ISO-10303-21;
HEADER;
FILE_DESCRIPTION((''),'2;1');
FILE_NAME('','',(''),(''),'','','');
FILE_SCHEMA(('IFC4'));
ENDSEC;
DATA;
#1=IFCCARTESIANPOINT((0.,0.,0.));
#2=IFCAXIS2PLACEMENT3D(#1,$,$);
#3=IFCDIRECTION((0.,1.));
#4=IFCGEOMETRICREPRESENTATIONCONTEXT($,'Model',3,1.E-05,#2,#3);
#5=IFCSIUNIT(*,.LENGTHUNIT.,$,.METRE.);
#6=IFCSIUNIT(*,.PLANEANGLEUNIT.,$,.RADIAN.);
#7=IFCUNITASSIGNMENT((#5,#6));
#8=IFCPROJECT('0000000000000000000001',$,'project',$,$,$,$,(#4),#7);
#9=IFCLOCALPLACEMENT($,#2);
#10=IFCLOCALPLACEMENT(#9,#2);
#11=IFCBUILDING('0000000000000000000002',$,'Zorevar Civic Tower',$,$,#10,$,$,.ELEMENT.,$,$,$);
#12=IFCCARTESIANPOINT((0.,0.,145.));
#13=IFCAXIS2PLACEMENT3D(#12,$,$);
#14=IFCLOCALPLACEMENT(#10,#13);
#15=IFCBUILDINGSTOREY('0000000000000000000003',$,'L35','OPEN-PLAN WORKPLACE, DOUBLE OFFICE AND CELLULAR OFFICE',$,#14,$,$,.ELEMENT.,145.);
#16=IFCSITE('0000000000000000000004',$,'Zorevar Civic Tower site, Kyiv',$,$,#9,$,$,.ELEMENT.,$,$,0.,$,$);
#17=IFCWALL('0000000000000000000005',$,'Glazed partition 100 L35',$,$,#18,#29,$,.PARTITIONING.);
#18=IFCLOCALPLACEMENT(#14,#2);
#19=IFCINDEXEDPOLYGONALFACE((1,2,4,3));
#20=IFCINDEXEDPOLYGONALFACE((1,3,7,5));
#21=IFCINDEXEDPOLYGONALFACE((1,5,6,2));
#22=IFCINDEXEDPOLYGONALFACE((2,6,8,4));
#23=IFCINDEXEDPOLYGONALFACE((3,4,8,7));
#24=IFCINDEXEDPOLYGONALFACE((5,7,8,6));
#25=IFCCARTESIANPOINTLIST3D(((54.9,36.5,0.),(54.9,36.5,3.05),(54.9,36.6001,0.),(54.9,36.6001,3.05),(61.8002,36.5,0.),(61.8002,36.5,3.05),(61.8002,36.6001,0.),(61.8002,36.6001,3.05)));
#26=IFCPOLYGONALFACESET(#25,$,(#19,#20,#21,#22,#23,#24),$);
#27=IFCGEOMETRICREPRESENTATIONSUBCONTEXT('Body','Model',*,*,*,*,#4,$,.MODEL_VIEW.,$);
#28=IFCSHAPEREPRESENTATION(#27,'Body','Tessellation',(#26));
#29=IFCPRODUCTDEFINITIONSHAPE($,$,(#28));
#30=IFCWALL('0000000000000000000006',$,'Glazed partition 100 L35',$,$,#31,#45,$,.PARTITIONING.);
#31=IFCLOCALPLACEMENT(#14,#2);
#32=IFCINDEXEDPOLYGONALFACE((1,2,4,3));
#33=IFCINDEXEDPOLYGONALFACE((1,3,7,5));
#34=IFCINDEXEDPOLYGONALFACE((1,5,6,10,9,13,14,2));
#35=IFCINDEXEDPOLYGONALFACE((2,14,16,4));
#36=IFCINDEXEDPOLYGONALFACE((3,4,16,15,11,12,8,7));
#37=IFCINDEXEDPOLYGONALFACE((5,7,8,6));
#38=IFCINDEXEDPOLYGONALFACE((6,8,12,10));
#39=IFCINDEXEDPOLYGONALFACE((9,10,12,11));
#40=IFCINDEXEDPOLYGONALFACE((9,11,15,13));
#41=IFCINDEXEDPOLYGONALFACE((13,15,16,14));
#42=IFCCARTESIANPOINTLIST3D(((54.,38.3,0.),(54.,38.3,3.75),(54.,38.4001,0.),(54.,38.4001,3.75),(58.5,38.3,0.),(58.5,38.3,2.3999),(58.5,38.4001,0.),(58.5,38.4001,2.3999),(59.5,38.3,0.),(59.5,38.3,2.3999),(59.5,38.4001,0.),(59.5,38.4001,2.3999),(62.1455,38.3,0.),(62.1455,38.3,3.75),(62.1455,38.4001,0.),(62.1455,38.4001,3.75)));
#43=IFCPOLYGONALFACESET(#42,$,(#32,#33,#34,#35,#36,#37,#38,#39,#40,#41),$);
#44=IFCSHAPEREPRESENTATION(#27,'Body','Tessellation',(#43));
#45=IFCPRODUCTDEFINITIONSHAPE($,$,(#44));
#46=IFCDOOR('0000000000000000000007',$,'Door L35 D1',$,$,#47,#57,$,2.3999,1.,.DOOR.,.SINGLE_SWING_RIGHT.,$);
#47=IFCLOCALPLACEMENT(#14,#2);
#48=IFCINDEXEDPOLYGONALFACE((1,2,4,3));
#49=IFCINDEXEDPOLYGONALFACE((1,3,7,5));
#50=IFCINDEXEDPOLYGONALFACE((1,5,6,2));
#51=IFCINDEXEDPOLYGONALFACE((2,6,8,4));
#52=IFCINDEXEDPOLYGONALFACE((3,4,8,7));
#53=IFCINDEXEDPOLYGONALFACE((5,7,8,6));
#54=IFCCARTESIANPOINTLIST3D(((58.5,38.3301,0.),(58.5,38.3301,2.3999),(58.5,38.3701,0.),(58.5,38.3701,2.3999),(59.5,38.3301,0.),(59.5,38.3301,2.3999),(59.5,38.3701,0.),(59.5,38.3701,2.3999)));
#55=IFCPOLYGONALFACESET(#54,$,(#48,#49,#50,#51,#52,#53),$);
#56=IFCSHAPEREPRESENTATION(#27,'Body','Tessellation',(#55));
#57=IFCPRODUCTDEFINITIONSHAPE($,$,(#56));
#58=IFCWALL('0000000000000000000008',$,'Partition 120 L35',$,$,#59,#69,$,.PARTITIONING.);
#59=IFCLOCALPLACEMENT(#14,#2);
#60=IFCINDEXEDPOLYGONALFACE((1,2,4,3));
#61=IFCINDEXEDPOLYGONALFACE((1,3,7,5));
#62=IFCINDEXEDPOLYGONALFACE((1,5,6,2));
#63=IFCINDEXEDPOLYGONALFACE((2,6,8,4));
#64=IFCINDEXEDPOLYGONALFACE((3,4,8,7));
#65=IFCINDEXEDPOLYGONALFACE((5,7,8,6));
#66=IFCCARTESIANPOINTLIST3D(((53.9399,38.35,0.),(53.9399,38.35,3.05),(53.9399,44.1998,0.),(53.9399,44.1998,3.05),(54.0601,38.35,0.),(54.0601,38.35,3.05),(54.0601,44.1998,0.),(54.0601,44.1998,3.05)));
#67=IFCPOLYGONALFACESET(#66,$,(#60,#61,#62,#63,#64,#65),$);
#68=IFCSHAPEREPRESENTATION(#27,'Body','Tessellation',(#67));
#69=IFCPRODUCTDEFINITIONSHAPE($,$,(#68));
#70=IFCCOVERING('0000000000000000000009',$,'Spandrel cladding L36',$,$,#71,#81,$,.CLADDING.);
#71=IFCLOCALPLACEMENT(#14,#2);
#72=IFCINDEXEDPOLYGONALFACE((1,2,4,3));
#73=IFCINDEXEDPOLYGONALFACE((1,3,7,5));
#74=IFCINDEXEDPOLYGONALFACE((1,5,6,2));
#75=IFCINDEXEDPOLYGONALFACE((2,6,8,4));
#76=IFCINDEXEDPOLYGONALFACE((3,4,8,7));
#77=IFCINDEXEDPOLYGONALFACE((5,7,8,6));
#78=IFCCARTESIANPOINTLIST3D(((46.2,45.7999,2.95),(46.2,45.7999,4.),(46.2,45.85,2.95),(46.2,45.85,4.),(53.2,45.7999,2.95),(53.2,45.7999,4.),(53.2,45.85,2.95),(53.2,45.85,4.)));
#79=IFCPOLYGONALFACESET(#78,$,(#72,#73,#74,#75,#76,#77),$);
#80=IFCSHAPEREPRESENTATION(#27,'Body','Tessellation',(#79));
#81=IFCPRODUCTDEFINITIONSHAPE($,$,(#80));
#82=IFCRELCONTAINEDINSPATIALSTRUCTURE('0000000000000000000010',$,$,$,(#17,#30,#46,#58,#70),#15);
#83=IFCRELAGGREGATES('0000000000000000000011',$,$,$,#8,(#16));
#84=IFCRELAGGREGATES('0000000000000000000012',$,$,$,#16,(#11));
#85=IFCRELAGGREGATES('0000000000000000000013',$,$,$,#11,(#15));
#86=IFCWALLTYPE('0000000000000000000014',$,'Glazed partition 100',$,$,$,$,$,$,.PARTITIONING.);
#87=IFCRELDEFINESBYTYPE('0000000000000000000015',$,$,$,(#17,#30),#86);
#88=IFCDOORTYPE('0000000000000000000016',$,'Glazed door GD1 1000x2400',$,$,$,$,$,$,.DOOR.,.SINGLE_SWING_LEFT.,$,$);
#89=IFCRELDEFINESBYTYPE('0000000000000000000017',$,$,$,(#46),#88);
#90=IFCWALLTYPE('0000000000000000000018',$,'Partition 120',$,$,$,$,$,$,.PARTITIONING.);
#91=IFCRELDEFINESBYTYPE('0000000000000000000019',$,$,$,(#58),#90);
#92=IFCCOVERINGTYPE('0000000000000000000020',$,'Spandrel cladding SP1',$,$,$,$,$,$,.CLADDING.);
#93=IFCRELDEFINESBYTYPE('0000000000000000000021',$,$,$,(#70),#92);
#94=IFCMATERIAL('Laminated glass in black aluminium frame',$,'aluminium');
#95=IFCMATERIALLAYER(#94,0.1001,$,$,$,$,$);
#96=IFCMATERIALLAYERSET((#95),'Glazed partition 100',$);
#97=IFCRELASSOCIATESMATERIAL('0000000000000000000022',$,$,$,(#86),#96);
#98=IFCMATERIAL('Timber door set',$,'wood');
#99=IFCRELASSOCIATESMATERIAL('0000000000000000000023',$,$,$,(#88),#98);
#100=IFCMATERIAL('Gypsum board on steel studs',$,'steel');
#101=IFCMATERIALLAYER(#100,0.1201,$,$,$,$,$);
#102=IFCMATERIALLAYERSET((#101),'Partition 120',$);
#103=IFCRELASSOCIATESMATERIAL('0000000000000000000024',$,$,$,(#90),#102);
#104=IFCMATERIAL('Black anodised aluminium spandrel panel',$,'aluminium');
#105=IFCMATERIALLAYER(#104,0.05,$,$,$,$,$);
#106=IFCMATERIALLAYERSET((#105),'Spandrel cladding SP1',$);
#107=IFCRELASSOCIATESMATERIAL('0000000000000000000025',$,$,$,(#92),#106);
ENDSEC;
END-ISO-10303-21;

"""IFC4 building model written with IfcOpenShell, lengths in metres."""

from ifc_helpers import new_model, si_unit, direction, frame, frame_2d, origin, place, context, subcontext, project, spatial, rectangle, extrude, material, layer, layer_set, type_object, element, fill, save


model = new_model("IFC4")

# Units and contexts
model_context = context("Model", 3, precision=1e-05, world=origin(), true_north=direction((0.0, 1.0)))
body_context = subcontext(model_context, "Body", "Model", "MODEL_VIEW")
ifc_project = project(units=[si_unit("LENGTHUNIT", "METRE"), si_unit("PLANEANGLEUNIT", "RADIAN")], contexts=[model_context])

# Site, building, storey
site_placement = place(None, origin())
site = spatial("IfcSite", under=ifc_project, at=site_placement, Name="Zorevar Civic Tower site, Kyiv", CompositionType="ELEMENT", RefElevation=0.0)
building_placement = place(site_placement, origin())
building = spatial("IfcBuilding", under=site, at=building_placement, Name="Zorevar Civic Tower", CompositionType="ELEMENT")
storey_placement = place(building_placement, frame((0.0, 0.0, 145.0)))
storey = spatial("IfcBuildingStorey", under=building, at=storey_placement, Name="L35", Description="OPEN-PLAN WORKPLACE, DOUBLE OFFICE AND CELLULAR OFFICE", CompositionType="ELEMENT", Elevation=145.0)

# Wall
ifc_material_1 = material(Name="Laminated glass in black aluminium frame", Category="aluminium")
ifc_layer_1 = layer(ifc_material_1, 0.1001)
ifc_layer_set_1 = layer_set([ifc_layer_1], Name="Glazed partition 100")
wall_type_1 = type_object("IfcWallType", Name="Glazed partition 100", PredefinedType="PARTITIONING", material=ifc_layer_set_1)
wall_1_placement = place(storey_placement, frame((54.8999, 36.55, 0.0), z_axis=(0.0, 0.0, 1.0), x_axis=(1.0, 0.0, 0.0)))
element("IfcWall", 1, at=wall_1_placement, inside=storey, type_object=wall_type_1, Name="Glazed partition 100 L35", PredefinedType="PARTITIONING", context=body_context, shape_type="SweptSolid", body=[
    extrude(rectangle(XDim=6.9001, YDim=0.1001, at=frame_2d((3.4502, 0.0))), origin(), (0.0, 0.0, 1.0), 3.05),
])

# Wall, opening, door
wall_2_placement = place(storey_placement, frame((54.0, 38.3501, 0.0), z_axis=(0.0, 0.0, 1.0), x_axis=(1.0, 0.0, 0.0)))
wall_2 = element("IfcWall", 2, at=wall_2_placement, inside=storey, type_object=wall_type_1, Name="Glazed partition 100 L35", PredefinedType="PARTITIONING", context=body_context, shape_type="SweptSolid", body=[
    extrude(rectangle(XDim=8.1455, YDim=0.1001, at=frame_2d((4.0728, 0.0))), origin(), (0.0, 0.0, 1.0), 3.75),
])
opening_placement = place(wall_2_placement, frame((4.5, 0.0, 0.0)))
opening = element("IfcOpeningElement", 3, at=opening_placement, cuts=wall_2, PredefinedType="OPENING", context=body_context, shape_type="SweptSolid", body=[
    extrude(rectangle(XDim=1.0, YDim=2.3999, at=frame_2d((0.5, 1.2))), frame((0.0, 0.0601, 0.0), z_axis=(0.0, -1.0, 0.0), x_axis=(1.0, 0.0, 0.0)), (0.0, 0.0, 1.0), 0.1201),
])
ifc_material_2 = material(Name="Timber door set", Category="wood")
door_type = type_object("IfcDoorType", Name="Glazed door GD1 1000x2400", OperationType="SINGLE_SWING_LEFT", PredefinedType="DOOR", material=ifc_material_2)
door_placement = place(opening_placement, origin())
door = element("IfcDoor", 4, at=door_placement, inside=storey, type_object=door_type, Name="Door L35 D1", OperationType="SINGLE_SWING_RIGHT", OverallHeight=2.3999, OverallWidth=1.0, PredefinedType="DOOR", context=body_context, shape_type="SweptSolid", body=[
    extrude(rectangle(XDim=1.0, YDim=2.3999, at=frame_2d((0.5, 1.2))), frame((0.0, 0.02, 0.0), z_axis=(0.0, -1.0, 0.0), x_axis=(1.0, 0.0, 0.0)), (0.0, 0.0, 1.0), 0.04),
])
fill(opening, door)

# Wall
ifc_material_3 = material(Name="Gypsum board on steel studs", Category="steel")
ifc_layer_2 = layer(ifc_material_3, 0.1201)
ifc_layer_set_2 = layer_set([ifc_layer_2], Name="Partition 120")
wall_type_2 = type_object("IfcWallType", Name="Partition 120", PredefinedType="PARTITIONING", material=ifc_layer_set_2)
wall_3_placement = place(storey_placement, frame((54.0, 38.3501, 0.0), z_axis=(0.0, 0.0, 1.0), x_axis=(0.0, 1.0, 0.0)))
element("IfcWall", 5, at=wall_3_placement, inside=storey, type_object=wall_type_2, Name="Partition 120 L35", PredefinedType="PARTITIONING", context=body_context, shape_type="SweptSolid", body=[
    extrude(rectangle(XDim=5.8499, YDim=0.1201, at=frame_2d((2.9248, 0.0))), origin(), (0.0, 0.0, 1.0), 3.05),
])

# Covering
ifc_material_4 = material(Name="Black anodised aluminium spandrel panel", Category="aluminium")
ifc_layer_3 = layer(ifc_material_4, 0.05)
ifc_layer_set_3 = layer_set([ifc_layer_3], Name="Spandrel cladding SP1")
covering_type = type_object("IfcCoveringType", Name="Spandrel cladding SP1", PredefinedType="CLADDING", material=ifc_layer_set_3)
covering_placement = place(storey_placement, frame((46.2, 45.825, 2.95), z_axis=(0.0, 0.0, 1.0), x_axis=(1.0, 0.0, 0.0)))
element("IfcCovering", 6, at=covering_placement, inside=storey, type_object=covering_type, Name="Spandrel cladding L36", PredefinedType="CLADDING", context=body_context, shape_type="SweptSolid", body=[
    extrude(rectangle(XDim=7.0, YDim=0.05, at=frame_2d((3.5, 0.0))), origin(), (0.0, 0.0, 1.0), 1.05),
])

save(model, "model.ifc")
